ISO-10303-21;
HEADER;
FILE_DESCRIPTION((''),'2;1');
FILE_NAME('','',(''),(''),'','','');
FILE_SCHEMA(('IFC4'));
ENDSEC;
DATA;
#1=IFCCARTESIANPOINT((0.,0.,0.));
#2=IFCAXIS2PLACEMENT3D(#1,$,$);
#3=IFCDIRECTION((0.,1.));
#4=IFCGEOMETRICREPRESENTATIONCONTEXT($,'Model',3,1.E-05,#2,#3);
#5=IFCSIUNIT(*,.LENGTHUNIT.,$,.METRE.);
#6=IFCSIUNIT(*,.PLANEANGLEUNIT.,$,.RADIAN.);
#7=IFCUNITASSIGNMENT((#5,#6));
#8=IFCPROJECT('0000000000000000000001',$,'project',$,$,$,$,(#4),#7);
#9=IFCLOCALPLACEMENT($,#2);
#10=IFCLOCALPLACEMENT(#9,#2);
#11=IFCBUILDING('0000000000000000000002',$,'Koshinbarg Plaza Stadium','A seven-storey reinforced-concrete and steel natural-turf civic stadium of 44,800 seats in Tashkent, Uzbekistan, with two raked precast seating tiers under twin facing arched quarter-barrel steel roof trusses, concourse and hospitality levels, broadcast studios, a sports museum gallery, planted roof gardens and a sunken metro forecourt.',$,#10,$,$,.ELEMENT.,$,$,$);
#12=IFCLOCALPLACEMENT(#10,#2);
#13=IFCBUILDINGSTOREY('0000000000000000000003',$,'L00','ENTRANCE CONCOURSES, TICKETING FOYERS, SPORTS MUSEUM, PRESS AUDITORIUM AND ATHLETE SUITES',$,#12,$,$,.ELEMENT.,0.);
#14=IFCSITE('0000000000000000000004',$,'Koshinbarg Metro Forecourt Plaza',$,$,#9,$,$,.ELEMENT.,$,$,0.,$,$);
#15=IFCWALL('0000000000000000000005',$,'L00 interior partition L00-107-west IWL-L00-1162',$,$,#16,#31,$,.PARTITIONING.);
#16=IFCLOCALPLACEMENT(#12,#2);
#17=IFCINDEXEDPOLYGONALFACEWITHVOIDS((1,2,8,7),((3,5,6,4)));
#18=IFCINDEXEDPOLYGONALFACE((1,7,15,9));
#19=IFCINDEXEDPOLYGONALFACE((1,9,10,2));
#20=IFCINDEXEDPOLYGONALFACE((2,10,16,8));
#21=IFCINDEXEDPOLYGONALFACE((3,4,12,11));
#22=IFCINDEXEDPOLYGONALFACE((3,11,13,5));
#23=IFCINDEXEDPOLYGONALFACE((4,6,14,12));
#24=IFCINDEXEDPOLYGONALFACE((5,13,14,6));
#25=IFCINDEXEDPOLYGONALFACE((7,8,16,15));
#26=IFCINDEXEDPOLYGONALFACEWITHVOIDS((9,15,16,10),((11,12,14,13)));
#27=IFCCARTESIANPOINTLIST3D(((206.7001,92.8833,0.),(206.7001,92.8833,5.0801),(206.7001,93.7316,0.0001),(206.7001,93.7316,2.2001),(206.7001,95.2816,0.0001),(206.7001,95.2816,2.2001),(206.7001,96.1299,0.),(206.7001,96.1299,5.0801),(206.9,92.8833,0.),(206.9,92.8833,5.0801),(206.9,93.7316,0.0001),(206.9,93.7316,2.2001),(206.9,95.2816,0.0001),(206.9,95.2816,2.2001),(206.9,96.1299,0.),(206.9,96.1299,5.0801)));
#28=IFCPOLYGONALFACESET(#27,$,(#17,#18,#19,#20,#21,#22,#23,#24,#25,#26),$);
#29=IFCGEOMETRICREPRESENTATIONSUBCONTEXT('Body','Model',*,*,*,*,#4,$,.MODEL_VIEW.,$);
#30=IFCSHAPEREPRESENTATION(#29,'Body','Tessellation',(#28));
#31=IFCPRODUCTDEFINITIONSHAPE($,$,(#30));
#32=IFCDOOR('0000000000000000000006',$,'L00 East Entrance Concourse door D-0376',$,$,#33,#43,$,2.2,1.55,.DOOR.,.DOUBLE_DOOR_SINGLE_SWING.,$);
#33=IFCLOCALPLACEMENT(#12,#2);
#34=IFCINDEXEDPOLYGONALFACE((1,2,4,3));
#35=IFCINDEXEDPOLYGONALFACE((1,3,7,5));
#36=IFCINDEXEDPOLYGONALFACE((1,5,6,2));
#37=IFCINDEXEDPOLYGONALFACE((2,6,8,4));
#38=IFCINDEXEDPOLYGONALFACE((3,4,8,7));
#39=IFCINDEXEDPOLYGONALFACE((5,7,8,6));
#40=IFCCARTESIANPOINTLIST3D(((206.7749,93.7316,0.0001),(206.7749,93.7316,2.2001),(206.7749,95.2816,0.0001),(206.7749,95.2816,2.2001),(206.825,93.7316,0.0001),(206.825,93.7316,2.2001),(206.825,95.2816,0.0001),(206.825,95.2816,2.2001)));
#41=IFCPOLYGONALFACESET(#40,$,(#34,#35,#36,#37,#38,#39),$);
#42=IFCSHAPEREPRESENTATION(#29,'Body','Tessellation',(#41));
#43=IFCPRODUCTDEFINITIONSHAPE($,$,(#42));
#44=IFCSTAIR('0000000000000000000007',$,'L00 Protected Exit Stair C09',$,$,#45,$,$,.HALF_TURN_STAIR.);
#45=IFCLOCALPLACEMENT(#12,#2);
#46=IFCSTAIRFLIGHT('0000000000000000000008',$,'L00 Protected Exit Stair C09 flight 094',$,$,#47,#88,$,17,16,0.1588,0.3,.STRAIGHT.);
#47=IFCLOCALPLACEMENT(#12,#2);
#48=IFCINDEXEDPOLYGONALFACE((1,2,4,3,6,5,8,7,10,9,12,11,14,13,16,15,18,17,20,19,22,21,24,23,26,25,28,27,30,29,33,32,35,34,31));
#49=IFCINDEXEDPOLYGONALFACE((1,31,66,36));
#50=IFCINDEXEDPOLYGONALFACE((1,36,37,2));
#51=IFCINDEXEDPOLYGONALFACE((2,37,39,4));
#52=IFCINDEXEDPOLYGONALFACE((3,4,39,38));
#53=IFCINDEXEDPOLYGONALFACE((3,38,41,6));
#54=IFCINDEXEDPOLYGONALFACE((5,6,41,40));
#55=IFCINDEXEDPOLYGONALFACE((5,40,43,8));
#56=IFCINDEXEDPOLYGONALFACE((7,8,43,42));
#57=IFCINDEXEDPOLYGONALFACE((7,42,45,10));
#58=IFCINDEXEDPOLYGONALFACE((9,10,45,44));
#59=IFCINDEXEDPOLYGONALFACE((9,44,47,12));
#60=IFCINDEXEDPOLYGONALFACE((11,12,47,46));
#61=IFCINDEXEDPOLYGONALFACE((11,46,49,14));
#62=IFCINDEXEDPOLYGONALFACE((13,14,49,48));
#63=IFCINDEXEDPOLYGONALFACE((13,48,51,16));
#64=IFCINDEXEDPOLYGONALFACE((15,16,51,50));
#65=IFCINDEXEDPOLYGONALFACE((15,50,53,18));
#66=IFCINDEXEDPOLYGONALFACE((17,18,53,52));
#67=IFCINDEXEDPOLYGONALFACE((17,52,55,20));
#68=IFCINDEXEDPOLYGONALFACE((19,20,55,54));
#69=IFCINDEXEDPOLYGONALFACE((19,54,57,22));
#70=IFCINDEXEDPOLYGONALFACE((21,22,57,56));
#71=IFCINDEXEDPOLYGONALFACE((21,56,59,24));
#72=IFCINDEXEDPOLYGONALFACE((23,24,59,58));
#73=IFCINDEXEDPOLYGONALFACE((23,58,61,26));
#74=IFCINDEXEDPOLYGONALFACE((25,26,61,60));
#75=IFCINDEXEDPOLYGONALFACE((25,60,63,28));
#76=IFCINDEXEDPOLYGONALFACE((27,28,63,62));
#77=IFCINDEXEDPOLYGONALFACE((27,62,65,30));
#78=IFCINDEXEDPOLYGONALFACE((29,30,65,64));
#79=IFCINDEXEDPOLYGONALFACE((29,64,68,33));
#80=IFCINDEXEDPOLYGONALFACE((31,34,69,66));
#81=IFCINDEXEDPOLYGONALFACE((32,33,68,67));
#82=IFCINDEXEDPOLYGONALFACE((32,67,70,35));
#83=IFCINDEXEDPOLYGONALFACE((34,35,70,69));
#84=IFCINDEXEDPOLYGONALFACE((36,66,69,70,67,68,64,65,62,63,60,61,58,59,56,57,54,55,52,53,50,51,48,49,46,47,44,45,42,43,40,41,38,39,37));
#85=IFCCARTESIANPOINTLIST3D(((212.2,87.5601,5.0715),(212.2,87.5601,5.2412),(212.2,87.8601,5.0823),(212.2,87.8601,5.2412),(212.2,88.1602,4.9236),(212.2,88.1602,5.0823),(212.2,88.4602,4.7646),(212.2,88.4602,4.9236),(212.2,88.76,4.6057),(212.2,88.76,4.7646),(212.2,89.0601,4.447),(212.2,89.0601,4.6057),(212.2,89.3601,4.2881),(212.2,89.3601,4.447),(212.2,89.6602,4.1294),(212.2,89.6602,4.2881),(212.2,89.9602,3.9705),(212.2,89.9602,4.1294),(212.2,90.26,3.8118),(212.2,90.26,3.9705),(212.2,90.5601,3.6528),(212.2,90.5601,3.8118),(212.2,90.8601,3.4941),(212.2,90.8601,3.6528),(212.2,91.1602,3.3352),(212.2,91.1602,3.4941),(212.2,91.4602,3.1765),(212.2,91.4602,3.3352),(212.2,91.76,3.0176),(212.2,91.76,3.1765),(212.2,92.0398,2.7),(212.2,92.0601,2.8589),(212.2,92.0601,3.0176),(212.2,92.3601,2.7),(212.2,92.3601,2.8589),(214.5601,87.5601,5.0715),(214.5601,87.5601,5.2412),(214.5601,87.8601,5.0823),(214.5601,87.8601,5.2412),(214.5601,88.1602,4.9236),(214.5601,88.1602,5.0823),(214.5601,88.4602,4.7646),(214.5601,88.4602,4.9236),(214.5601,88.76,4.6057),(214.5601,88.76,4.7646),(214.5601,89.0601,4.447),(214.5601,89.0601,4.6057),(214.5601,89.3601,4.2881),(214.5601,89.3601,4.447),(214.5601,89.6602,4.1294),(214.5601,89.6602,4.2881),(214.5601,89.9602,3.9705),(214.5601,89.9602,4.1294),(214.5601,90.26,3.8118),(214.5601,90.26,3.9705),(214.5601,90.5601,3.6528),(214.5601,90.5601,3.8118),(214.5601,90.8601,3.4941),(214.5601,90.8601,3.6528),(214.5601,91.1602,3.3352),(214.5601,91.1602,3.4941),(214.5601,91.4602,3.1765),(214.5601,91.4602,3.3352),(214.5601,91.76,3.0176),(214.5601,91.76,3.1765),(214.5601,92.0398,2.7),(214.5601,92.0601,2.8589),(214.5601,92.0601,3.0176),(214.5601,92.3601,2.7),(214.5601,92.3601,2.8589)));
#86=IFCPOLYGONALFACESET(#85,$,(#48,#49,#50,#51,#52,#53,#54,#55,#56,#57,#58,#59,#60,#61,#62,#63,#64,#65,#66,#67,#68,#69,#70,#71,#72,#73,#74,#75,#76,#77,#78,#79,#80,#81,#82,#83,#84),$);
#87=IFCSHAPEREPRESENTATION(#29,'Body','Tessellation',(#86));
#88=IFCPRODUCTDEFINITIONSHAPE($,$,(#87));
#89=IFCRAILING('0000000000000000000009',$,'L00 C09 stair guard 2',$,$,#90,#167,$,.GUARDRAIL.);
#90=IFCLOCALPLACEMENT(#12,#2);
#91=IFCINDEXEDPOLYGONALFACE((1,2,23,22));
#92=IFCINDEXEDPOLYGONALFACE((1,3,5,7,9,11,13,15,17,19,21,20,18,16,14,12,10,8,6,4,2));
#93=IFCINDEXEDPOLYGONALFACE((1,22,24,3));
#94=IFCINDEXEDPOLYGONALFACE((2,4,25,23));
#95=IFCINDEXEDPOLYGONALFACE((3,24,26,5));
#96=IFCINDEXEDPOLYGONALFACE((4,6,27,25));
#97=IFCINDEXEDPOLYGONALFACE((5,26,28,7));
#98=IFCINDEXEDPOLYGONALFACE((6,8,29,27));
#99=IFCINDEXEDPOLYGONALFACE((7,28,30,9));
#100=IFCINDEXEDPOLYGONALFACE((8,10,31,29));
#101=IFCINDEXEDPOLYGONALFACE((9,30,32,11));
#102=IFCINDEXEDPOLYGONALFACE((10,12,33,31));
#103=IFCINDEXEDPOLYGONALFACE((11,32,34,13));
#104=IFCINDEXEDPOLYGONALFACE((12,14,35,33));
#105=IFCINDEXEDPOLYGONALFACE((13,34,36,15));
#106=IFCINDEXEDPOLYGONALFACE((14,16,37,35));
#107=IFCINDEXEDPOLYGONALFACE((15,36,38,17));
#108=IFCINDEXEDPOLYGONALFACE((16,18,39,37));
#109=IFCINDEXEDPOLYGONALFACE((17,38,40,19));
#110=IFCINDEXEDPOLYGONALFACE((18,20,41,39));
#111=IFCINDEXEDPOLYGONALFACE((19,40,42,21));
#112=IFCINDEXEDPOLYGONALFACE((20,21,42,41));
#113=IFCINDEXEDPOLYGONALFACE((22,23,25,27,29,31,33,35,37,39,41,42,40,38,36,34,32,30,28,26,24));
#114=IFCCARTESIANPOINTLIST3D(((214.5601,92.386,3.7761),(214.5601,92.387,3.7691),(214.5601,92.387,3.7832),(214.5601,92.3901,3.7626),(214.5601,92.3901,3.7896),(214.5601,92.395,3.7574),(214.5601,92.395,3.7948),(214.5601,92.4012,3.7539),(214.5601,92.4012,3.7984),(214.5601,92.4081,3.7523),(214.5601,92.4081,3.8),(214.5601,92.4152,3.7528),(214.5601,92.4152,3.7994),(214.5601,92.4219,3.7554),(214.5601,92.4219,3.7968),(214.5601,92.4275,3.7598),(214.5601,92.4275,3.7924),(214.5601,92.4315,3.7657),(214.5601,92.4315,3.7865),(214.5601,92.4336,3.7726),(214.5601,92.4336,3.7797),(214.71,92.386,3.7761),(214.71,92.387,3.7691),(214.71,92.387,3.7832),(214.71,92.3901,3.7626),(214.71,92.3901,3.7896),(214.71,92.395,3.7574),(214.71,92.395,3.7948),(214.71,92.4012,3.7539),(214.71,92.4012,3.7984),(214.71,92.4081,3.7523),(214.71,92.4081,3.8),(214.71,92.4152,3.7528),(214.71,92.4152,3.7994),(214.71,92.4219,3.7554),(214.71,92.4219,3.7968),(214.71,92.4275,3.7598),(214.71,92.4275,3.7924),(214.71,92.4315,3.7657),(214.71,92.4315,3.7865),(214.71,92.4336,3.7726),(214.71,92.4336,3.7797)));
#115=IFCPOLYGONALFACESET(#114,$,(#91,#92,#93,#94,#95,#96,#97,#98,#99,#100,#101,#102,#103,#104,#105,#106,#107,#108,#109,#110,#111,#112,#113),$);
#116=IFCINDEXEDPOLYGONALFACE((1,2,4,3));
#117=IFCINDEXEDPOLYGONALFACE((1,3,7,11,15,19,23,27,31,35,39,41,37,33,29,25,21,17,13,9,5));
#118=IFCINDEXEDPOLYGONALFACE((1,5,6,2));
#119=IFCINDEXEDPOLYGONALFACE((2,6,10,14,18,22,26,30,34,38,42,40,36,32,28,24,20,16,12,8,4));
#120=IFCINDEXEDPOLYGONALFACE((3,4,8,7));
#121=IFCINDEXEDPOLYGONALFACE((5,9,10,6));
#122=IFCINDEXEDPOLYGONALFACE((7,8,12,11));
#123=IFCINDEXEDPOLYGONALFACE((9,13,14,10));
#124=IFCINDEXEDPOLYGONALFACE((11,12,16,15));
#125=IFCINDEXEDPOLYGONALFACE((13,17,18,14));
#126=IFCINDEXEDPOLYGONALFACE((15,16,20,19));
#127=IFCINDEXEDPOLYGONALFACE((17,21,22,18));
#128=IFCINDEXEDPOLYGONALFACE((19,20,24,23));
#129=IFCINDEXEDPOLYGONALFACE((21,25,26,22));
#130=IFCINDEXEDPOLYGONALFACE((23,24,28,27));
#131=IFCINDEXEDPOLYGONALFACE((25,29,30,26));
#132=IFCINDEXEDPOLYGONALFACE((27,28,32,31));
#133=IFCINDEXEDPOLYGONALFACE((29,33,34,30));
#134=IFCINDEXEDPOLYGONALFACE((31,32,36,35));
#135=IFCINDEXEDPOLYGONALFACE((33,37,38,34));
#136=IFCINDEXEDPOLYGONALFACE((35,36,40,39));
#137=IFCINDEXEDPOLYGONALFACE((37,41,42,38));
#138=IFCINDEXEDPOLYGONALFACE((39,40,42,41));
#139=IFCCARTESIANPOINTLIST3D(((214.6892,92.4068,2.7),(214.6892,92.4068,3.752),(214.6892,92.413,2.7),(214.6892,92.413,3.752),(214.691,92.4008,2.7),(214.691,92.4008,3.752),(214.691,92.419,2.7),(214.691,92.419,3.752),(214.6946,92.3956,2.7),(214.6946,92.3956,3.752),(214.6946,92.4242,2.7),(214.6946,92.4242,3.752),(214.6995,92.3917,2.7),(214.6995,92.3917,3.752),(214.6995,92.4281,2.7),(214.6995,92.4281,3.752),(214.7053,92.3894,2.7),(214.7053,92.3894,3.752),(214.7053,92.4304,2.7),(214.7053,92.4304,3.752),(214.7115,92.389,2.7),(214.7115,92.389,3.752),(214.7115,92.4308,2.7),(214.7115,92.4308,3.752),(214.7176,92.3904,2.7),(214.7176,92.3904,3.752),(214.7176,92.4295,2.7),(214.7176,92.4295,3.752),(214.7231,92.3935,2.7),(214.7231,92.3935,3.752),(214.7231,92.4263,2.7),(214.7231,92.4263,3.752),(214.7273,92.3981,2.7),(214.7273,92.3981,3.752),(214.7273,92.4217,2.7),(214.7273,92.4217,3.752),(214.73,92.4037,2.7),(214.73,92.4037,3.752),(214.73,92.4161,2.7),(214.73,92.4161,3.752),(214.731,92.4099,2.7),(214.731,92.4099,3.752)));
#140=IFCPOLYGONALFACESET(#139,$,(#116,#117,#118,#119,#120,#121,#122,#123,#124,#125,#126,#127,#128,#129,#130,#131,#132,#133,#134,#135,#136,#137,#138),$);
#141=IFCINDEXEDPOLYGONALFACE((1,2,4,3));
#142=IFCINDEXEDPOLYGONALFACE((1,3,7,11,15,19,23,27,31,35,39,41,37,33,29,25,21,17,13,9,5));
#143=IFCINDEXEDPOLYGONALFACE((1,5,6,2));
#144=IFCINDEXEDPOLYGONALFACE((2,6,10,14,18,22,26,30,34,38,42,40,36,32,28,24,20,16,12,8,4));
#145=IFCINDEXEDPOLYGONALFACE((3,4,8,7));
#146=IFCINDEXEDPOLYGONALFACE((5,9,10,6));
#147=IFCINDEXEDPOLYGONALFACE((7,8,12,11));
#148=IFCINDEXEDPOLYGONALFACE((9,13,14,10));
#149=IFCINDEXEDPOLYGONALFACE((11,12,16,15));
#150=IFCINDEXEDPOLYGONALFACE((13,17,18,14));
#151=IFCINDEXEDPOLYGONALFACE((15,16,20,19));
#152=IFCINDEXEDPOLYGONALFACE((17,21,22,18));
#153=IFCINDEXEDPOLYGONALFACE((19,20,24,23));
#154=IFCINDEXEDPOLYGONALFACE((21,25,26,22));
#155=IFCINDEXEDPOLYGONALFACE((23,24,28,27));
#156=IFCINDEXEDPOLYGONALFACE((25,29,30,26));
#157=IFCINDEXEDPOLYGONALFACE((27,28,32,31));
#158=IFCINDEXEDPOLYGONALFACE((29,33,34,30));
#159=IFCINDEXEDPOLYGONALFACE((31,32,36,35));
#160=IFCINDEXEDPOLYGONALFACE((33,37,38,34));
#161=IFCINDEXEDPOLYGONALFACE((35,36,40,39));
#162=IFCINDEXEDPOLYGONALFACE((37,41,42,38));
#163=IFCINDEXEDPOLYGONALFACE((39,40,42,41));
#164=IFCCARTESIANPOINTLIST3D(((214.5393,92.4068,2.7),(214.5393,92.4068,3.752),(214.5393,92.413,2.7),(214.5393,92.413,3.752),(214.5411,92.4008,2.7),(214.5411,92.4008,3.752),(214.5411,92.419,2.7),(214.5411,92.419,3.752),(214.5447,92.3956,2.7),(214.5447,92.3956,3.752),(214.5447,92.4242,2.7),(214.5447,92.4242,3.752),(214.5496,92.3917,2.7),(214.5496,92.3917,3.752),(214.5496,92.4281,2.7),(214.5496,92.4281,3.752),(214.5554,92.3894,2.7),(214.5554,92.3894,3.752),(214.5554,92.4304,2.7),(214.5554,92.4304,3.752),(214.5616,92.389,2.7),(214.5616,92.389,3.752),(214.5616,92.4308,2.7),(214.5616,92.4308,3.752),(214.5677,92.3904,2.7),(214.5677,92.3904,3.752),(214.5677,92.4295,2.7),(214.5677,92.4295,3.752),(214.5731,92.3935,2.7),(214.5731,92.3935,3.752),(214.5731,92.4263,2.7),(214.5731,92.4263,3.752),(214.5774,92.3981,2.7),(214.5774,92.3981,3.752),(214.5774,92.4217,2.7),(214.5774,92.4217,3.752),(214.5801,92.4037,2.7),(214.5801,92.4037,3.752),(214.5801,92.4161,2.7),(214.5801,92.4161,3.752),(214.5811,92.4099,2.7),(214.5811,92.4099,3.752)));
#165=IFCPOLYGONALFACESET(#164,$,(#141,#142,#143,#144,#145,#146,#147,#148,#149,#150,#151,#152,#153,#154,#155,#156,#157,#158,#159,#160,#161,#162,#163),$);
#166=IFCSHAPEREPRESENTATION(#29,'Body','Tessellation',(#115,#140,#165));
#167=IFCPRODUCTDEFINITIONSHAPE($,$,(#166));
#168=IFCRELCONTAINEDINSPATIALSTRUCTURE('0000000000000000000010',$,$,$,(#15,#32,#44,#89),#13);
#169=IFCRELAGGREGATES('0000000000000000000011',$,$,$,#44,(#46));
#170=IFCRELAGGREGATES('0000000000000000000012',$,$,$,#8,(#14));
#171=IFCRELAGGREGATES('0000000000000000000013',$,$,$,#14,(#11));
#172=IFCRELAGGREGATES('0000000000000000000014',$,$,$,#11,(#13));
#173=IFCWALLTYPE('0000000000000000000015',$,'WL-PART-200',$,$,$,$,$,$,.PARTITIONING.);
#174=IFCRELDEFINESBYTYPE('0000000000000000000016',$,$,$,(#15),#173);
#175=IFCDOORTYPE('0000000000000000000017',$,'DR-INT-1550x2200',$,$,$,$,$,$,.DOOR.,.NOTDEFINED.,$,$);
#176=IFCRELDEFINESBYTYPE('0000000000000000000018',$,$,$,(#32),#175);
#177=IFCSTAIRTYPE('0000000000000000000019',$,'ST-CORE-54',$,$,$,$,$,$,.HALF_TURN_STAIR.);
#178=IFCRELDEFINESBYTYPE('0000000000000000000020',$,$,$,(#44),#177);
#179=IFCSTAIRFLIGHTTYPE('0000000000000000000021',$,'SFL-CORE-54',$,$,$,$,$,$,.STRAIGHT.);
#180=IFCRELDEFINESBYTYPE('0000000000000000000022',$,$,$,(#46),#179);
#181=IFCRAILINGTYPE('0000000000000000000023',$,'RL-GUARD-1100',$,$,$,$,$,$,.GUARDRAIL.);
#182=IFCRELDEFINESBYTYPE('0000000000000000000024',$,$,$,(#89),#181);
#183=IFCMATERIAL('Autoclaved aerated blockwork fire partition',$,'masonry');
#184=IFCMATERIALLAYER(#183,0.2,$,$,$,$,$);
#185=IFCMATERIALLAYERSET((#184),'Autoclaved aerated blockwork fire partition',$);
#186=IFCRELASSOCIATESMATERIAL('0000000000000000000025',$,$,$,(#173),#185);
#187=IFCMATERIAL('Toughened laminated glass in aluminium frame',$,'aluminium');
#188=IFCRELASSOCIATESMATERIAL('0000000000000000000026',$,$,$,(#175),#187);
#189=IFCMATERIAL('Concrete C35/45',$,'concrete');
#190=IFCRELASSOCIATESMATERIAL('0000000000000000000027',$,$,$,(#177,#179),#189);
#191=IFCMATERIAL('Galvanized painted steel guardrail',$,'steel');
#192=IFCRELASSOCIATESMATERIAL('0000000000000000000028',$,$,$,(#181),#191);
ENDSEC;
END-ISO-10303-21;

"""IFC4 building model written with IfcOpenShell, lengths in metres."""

from ifc_helpers import new_model, si_unit, direction, frame, frame_2d, origin, origin_2d, place, context, subcontext, project, spatial, polyline, rectangle, circle, outline, extrude, material, layer, layer_set, type_object, element, fill, aggregate, save


model = new_model("IFC4")

# Units and contexts
model_context = context("Model", 3, precision=1e-05, world=origin(), true_north=direction((0.0, 1.0)))
body_context = subcontext(model_context, "Body", "Model", "MODEL_VIEW")
ifc_project = project(units=[si_unit("LENGTHUNIT", "METRE"), si_unit("PLANEANGLEUNIT", "RADIAN")], contexts=[model_context])

# Site, building, storey
site_placement = place(None, origin())
site = spatial("IfcSite", under=ifc_project, at=site_placement, Name="Koshinbarg Metro Forecourt Plaza", CompositionType="ELEMENT", RefElevation=0.0)
building_placement = place(site_placement, origin())
building = spatial("IfcBuilding", under=site, at=building_placement, Name="Koshinbarg Plaza Stadium", Description="A seven-storey reinforced-concrete and steel natural-turf civic stadium of 44,800 seats in Tashkent, Uzbekistan, with two raked precast seating tiers under twin facing arched quarter-barrel steel roof trusses, concourse and hospitality levels, broadcast studios, a sports museum gallery, planted roof gardens and a sunken metro forecourt.", CompositionType="ELEMENT")
storey_placement = place(building_placement, origin())
storey = spatial("IfcBuildingStorey", under=building, at=storey_placement, Name="L00", Description="ENTRANCE CONCOURSES, TICKETING FOYERS, SPORTS MUSEUM, PRESS AUDITORIUM AND ATHLETE SUITES", CompositionType="ELEMENT", Elevation=0.0)

# Shared definitions
ifc_material_1 = material(Name="Concrete C35/45", Category="concrete")

# Shared definitions
ifc_material_2 = material(Name="Autoclaved aerated blockwork fire partition", Category="masonry")
ifc_layer_1 = layer(ifc_material_2, 0.2)
ifc_layer_set_1 = layer_set([ifc_layer_1], Name="Autoclaved aerated blockwork fire partition")
wall_type_1 = type_object("IfcWallType", Name="WL-PART-200", PredefinedType="PARTITIONING", material=ifc_layer_set_1)

# Wall, opening, door
wall_1_placement = place(storey_placement, frame((206.8, 96.1299, 0.0), z_axis=(0.0, 0.0, 1.0), x_axis=(0.0, -1.0, 0.0)))
wall_1 = element("IfcWall", 1, at=wall_1_placement, inside=storey, type_object=wall_type_1, Name="L00 interior partition L00-107-west IWL-L00-1162", PredefinedType="PARTITIONING", context=body_context, shape_type="SweptSolid", body=[
    extrude(rectangle(XDim=3.2466, YDim=0.2, at=frame_2d((1.6233, 0.0))), origin(), (0.0, 0.0, 1.0), 5.0801),
])
opening_1_placement = place(wall_1_placement, frame((0.8484, 0.0, 0.0)))
opening_1 = element("IfcOpeningElement", 2, at=opening_1_placement, cuts=wall_1, PredefinedType="OPENING", context=body_context, shape_type="SweptSolid", body=[
    extrude(rectangle(XDim=1.55, YDim=2.2, at=frame_2d((0.7749, 1.1001))), frame((0.0, 0.1099, 0.0), z_axis=(0.0, -1.0, 0.0), x_axis=(1.0, 0.0, 0.0)), (0.0, 0.0, 1.0), 0.22),
])
ifc_material_3 = material(Name="Toughened laminated glass in aluminium frame", Category="aluminium")
door_type_1 = type_object("IfcDoorType", Name="DR-INT-1550x2200", OperationType="NOTDEFINED", PredefinedType="DOOR", material=ifc_material_3)
door_1_placement = place(opening_1_placement, origin())
door_1 = element("IfcDoor", 3, at=door_1_placement, inside=storey, type_object=door_type_1, Name="L00 East Entrance Concourse door D-0376", OperationType="DOUBLE_DOOR_SINGLE_SWING", OverallHeight=2.2, OverallWidth=1.55, PredefinedType="DOOR", context=body_context, shape_type="SweptSolid", body=[
    extrude(rectangle(XDim=1.55, YDim=2.2, at=frame_2d((0.7749, 1.1001))), frame((0.0, 0.0249, 0.0), z_axis=(0.0, -1.0, 0.0), x_axis=(1.0, 0.0, 0.0)), (0.0, 0.0, 1.0), 0.05),
])
fill(opening_1, door_1)

# Stair, stair flight
stair_type = type_object("IfcStairType", Name="ST-CORE-54", PredefinedType="HALF_TURN_STAIR", material=ifc_material_1)
stair_placement = place(storey_placement, origin())
stair = element("IfcStair", 4, at=stair_placement, inside=storey, type_object=stair_type, Name="L00 Protected Exit Stair C09", PredefinedType="HALF_TURN_STAIR")
stair_flight_type = type_object("IfcStairFlightType", Name="SFL-CORE-54", PredefinedType="STRAIGHT", material=ifc_material_1)
stair_flight_placement = place(storey_placement, frame((213.3799, 92.3601, 2.7), z_axis=(0.0, 0.0, 1.0), x_axis=(0.0, -1.0, 0.0)))
stair_flight = element("IfcStairFlight", 5, at=stair_flight_placement, type_object=stair_flight_type, Name="L00 Protected Exit Stair C09 flight 094", NumberOfRisers=17, NumberOfTreads=16, PredefinedType="STRAIGHT", RiserHeight=0.1588, TreadLength=0.3, context=body_context, shape_type="SweptSolid", body=[
    extrude(outline(polyline([(0.0, 0.0), (0.0, 0.1589), (0.3, 0.1589), (0.3, 0.3176), (0.6001, 0.3176), (0.6001, 0.4766), (0.8999, 0.4766), (0.8999, 0.6353), (1.2, 0.6353), (1.2, 0.7942), (1.5, 0.7942), (1.5, 0.9529), (1.8, 0.9529), (1.8, 1.1118), (2.1001, 1.1118), (2.1001, 1.2705), (2.3999, 1.2705), (2.3999, 1.4294), (2.7, 1.4294), (2.7, 1.5881), (3.0, 1.5881), (3.0, 1.7471), (3.3, 1.7471), (3.3, 1.9058), (3.6001, 1.9058), (3.6001, 2.0647), (3.8999, 2.0647), (3.8999, 2.2236), (4.2, 2.2236), (4.2, 2.3823), (4.5, 2.3823), (4.5, 2.5413), (4.8, 2.5413), (4.8, 2.7), (4.8, 2.3716), (0.3203, 0.0), (0.0, 0.0)])), frame((0.0, 1.1802, 0.0), z_axis=(0.0, -1.0, 0.0), x_axis=(1.0, 0.0, 0.0)), (0.0, 0.0, 1.0), 2.3601),
])
aggregate(stair, [stair_flight])

# Railing
ifc_material_4 = material(Name="Galvanized painted steel guardrail", Category="steel")
railing_type_1 = type_object("IfcRailingType", Name="RL-GUARD-1100", PredefinedType="GUARDRAIL", material=ifc_material_4)
railing_1_placement = place(storey_placement, frame((214.71, 92.4099, 2.7)))
element("IfcRailing", 6, at=railing_1_placement, inside=storey, type_object=railing_type_1, Name="L00 C09 stair guard 2", PredefinedType="GUARDRAIL", context=body_context, shape_type="SweptSolid", body=[
    extrude(circle(Radius=0.0239, at=origin_2d()), frame((0.0, 0.0, 1.0762), z_axis=(-1.0, 0.0, 0.0), x_axis=(0.0, -1.0, 0.0)), (0.0, 0.0, 1.0), 0.1499),
    extrude(circle(Radius=0.021, at=origin_2d()), origin(), (0.0, 0.0, 1.0), 1.052),
    extrude(circle(Radius=0.021, at=origin_2d()), frame((-0.1499, 0.0, 0.0)), (0.0, 0.0, 1.0), 1.052),
])

save(model, "model.ifc")
